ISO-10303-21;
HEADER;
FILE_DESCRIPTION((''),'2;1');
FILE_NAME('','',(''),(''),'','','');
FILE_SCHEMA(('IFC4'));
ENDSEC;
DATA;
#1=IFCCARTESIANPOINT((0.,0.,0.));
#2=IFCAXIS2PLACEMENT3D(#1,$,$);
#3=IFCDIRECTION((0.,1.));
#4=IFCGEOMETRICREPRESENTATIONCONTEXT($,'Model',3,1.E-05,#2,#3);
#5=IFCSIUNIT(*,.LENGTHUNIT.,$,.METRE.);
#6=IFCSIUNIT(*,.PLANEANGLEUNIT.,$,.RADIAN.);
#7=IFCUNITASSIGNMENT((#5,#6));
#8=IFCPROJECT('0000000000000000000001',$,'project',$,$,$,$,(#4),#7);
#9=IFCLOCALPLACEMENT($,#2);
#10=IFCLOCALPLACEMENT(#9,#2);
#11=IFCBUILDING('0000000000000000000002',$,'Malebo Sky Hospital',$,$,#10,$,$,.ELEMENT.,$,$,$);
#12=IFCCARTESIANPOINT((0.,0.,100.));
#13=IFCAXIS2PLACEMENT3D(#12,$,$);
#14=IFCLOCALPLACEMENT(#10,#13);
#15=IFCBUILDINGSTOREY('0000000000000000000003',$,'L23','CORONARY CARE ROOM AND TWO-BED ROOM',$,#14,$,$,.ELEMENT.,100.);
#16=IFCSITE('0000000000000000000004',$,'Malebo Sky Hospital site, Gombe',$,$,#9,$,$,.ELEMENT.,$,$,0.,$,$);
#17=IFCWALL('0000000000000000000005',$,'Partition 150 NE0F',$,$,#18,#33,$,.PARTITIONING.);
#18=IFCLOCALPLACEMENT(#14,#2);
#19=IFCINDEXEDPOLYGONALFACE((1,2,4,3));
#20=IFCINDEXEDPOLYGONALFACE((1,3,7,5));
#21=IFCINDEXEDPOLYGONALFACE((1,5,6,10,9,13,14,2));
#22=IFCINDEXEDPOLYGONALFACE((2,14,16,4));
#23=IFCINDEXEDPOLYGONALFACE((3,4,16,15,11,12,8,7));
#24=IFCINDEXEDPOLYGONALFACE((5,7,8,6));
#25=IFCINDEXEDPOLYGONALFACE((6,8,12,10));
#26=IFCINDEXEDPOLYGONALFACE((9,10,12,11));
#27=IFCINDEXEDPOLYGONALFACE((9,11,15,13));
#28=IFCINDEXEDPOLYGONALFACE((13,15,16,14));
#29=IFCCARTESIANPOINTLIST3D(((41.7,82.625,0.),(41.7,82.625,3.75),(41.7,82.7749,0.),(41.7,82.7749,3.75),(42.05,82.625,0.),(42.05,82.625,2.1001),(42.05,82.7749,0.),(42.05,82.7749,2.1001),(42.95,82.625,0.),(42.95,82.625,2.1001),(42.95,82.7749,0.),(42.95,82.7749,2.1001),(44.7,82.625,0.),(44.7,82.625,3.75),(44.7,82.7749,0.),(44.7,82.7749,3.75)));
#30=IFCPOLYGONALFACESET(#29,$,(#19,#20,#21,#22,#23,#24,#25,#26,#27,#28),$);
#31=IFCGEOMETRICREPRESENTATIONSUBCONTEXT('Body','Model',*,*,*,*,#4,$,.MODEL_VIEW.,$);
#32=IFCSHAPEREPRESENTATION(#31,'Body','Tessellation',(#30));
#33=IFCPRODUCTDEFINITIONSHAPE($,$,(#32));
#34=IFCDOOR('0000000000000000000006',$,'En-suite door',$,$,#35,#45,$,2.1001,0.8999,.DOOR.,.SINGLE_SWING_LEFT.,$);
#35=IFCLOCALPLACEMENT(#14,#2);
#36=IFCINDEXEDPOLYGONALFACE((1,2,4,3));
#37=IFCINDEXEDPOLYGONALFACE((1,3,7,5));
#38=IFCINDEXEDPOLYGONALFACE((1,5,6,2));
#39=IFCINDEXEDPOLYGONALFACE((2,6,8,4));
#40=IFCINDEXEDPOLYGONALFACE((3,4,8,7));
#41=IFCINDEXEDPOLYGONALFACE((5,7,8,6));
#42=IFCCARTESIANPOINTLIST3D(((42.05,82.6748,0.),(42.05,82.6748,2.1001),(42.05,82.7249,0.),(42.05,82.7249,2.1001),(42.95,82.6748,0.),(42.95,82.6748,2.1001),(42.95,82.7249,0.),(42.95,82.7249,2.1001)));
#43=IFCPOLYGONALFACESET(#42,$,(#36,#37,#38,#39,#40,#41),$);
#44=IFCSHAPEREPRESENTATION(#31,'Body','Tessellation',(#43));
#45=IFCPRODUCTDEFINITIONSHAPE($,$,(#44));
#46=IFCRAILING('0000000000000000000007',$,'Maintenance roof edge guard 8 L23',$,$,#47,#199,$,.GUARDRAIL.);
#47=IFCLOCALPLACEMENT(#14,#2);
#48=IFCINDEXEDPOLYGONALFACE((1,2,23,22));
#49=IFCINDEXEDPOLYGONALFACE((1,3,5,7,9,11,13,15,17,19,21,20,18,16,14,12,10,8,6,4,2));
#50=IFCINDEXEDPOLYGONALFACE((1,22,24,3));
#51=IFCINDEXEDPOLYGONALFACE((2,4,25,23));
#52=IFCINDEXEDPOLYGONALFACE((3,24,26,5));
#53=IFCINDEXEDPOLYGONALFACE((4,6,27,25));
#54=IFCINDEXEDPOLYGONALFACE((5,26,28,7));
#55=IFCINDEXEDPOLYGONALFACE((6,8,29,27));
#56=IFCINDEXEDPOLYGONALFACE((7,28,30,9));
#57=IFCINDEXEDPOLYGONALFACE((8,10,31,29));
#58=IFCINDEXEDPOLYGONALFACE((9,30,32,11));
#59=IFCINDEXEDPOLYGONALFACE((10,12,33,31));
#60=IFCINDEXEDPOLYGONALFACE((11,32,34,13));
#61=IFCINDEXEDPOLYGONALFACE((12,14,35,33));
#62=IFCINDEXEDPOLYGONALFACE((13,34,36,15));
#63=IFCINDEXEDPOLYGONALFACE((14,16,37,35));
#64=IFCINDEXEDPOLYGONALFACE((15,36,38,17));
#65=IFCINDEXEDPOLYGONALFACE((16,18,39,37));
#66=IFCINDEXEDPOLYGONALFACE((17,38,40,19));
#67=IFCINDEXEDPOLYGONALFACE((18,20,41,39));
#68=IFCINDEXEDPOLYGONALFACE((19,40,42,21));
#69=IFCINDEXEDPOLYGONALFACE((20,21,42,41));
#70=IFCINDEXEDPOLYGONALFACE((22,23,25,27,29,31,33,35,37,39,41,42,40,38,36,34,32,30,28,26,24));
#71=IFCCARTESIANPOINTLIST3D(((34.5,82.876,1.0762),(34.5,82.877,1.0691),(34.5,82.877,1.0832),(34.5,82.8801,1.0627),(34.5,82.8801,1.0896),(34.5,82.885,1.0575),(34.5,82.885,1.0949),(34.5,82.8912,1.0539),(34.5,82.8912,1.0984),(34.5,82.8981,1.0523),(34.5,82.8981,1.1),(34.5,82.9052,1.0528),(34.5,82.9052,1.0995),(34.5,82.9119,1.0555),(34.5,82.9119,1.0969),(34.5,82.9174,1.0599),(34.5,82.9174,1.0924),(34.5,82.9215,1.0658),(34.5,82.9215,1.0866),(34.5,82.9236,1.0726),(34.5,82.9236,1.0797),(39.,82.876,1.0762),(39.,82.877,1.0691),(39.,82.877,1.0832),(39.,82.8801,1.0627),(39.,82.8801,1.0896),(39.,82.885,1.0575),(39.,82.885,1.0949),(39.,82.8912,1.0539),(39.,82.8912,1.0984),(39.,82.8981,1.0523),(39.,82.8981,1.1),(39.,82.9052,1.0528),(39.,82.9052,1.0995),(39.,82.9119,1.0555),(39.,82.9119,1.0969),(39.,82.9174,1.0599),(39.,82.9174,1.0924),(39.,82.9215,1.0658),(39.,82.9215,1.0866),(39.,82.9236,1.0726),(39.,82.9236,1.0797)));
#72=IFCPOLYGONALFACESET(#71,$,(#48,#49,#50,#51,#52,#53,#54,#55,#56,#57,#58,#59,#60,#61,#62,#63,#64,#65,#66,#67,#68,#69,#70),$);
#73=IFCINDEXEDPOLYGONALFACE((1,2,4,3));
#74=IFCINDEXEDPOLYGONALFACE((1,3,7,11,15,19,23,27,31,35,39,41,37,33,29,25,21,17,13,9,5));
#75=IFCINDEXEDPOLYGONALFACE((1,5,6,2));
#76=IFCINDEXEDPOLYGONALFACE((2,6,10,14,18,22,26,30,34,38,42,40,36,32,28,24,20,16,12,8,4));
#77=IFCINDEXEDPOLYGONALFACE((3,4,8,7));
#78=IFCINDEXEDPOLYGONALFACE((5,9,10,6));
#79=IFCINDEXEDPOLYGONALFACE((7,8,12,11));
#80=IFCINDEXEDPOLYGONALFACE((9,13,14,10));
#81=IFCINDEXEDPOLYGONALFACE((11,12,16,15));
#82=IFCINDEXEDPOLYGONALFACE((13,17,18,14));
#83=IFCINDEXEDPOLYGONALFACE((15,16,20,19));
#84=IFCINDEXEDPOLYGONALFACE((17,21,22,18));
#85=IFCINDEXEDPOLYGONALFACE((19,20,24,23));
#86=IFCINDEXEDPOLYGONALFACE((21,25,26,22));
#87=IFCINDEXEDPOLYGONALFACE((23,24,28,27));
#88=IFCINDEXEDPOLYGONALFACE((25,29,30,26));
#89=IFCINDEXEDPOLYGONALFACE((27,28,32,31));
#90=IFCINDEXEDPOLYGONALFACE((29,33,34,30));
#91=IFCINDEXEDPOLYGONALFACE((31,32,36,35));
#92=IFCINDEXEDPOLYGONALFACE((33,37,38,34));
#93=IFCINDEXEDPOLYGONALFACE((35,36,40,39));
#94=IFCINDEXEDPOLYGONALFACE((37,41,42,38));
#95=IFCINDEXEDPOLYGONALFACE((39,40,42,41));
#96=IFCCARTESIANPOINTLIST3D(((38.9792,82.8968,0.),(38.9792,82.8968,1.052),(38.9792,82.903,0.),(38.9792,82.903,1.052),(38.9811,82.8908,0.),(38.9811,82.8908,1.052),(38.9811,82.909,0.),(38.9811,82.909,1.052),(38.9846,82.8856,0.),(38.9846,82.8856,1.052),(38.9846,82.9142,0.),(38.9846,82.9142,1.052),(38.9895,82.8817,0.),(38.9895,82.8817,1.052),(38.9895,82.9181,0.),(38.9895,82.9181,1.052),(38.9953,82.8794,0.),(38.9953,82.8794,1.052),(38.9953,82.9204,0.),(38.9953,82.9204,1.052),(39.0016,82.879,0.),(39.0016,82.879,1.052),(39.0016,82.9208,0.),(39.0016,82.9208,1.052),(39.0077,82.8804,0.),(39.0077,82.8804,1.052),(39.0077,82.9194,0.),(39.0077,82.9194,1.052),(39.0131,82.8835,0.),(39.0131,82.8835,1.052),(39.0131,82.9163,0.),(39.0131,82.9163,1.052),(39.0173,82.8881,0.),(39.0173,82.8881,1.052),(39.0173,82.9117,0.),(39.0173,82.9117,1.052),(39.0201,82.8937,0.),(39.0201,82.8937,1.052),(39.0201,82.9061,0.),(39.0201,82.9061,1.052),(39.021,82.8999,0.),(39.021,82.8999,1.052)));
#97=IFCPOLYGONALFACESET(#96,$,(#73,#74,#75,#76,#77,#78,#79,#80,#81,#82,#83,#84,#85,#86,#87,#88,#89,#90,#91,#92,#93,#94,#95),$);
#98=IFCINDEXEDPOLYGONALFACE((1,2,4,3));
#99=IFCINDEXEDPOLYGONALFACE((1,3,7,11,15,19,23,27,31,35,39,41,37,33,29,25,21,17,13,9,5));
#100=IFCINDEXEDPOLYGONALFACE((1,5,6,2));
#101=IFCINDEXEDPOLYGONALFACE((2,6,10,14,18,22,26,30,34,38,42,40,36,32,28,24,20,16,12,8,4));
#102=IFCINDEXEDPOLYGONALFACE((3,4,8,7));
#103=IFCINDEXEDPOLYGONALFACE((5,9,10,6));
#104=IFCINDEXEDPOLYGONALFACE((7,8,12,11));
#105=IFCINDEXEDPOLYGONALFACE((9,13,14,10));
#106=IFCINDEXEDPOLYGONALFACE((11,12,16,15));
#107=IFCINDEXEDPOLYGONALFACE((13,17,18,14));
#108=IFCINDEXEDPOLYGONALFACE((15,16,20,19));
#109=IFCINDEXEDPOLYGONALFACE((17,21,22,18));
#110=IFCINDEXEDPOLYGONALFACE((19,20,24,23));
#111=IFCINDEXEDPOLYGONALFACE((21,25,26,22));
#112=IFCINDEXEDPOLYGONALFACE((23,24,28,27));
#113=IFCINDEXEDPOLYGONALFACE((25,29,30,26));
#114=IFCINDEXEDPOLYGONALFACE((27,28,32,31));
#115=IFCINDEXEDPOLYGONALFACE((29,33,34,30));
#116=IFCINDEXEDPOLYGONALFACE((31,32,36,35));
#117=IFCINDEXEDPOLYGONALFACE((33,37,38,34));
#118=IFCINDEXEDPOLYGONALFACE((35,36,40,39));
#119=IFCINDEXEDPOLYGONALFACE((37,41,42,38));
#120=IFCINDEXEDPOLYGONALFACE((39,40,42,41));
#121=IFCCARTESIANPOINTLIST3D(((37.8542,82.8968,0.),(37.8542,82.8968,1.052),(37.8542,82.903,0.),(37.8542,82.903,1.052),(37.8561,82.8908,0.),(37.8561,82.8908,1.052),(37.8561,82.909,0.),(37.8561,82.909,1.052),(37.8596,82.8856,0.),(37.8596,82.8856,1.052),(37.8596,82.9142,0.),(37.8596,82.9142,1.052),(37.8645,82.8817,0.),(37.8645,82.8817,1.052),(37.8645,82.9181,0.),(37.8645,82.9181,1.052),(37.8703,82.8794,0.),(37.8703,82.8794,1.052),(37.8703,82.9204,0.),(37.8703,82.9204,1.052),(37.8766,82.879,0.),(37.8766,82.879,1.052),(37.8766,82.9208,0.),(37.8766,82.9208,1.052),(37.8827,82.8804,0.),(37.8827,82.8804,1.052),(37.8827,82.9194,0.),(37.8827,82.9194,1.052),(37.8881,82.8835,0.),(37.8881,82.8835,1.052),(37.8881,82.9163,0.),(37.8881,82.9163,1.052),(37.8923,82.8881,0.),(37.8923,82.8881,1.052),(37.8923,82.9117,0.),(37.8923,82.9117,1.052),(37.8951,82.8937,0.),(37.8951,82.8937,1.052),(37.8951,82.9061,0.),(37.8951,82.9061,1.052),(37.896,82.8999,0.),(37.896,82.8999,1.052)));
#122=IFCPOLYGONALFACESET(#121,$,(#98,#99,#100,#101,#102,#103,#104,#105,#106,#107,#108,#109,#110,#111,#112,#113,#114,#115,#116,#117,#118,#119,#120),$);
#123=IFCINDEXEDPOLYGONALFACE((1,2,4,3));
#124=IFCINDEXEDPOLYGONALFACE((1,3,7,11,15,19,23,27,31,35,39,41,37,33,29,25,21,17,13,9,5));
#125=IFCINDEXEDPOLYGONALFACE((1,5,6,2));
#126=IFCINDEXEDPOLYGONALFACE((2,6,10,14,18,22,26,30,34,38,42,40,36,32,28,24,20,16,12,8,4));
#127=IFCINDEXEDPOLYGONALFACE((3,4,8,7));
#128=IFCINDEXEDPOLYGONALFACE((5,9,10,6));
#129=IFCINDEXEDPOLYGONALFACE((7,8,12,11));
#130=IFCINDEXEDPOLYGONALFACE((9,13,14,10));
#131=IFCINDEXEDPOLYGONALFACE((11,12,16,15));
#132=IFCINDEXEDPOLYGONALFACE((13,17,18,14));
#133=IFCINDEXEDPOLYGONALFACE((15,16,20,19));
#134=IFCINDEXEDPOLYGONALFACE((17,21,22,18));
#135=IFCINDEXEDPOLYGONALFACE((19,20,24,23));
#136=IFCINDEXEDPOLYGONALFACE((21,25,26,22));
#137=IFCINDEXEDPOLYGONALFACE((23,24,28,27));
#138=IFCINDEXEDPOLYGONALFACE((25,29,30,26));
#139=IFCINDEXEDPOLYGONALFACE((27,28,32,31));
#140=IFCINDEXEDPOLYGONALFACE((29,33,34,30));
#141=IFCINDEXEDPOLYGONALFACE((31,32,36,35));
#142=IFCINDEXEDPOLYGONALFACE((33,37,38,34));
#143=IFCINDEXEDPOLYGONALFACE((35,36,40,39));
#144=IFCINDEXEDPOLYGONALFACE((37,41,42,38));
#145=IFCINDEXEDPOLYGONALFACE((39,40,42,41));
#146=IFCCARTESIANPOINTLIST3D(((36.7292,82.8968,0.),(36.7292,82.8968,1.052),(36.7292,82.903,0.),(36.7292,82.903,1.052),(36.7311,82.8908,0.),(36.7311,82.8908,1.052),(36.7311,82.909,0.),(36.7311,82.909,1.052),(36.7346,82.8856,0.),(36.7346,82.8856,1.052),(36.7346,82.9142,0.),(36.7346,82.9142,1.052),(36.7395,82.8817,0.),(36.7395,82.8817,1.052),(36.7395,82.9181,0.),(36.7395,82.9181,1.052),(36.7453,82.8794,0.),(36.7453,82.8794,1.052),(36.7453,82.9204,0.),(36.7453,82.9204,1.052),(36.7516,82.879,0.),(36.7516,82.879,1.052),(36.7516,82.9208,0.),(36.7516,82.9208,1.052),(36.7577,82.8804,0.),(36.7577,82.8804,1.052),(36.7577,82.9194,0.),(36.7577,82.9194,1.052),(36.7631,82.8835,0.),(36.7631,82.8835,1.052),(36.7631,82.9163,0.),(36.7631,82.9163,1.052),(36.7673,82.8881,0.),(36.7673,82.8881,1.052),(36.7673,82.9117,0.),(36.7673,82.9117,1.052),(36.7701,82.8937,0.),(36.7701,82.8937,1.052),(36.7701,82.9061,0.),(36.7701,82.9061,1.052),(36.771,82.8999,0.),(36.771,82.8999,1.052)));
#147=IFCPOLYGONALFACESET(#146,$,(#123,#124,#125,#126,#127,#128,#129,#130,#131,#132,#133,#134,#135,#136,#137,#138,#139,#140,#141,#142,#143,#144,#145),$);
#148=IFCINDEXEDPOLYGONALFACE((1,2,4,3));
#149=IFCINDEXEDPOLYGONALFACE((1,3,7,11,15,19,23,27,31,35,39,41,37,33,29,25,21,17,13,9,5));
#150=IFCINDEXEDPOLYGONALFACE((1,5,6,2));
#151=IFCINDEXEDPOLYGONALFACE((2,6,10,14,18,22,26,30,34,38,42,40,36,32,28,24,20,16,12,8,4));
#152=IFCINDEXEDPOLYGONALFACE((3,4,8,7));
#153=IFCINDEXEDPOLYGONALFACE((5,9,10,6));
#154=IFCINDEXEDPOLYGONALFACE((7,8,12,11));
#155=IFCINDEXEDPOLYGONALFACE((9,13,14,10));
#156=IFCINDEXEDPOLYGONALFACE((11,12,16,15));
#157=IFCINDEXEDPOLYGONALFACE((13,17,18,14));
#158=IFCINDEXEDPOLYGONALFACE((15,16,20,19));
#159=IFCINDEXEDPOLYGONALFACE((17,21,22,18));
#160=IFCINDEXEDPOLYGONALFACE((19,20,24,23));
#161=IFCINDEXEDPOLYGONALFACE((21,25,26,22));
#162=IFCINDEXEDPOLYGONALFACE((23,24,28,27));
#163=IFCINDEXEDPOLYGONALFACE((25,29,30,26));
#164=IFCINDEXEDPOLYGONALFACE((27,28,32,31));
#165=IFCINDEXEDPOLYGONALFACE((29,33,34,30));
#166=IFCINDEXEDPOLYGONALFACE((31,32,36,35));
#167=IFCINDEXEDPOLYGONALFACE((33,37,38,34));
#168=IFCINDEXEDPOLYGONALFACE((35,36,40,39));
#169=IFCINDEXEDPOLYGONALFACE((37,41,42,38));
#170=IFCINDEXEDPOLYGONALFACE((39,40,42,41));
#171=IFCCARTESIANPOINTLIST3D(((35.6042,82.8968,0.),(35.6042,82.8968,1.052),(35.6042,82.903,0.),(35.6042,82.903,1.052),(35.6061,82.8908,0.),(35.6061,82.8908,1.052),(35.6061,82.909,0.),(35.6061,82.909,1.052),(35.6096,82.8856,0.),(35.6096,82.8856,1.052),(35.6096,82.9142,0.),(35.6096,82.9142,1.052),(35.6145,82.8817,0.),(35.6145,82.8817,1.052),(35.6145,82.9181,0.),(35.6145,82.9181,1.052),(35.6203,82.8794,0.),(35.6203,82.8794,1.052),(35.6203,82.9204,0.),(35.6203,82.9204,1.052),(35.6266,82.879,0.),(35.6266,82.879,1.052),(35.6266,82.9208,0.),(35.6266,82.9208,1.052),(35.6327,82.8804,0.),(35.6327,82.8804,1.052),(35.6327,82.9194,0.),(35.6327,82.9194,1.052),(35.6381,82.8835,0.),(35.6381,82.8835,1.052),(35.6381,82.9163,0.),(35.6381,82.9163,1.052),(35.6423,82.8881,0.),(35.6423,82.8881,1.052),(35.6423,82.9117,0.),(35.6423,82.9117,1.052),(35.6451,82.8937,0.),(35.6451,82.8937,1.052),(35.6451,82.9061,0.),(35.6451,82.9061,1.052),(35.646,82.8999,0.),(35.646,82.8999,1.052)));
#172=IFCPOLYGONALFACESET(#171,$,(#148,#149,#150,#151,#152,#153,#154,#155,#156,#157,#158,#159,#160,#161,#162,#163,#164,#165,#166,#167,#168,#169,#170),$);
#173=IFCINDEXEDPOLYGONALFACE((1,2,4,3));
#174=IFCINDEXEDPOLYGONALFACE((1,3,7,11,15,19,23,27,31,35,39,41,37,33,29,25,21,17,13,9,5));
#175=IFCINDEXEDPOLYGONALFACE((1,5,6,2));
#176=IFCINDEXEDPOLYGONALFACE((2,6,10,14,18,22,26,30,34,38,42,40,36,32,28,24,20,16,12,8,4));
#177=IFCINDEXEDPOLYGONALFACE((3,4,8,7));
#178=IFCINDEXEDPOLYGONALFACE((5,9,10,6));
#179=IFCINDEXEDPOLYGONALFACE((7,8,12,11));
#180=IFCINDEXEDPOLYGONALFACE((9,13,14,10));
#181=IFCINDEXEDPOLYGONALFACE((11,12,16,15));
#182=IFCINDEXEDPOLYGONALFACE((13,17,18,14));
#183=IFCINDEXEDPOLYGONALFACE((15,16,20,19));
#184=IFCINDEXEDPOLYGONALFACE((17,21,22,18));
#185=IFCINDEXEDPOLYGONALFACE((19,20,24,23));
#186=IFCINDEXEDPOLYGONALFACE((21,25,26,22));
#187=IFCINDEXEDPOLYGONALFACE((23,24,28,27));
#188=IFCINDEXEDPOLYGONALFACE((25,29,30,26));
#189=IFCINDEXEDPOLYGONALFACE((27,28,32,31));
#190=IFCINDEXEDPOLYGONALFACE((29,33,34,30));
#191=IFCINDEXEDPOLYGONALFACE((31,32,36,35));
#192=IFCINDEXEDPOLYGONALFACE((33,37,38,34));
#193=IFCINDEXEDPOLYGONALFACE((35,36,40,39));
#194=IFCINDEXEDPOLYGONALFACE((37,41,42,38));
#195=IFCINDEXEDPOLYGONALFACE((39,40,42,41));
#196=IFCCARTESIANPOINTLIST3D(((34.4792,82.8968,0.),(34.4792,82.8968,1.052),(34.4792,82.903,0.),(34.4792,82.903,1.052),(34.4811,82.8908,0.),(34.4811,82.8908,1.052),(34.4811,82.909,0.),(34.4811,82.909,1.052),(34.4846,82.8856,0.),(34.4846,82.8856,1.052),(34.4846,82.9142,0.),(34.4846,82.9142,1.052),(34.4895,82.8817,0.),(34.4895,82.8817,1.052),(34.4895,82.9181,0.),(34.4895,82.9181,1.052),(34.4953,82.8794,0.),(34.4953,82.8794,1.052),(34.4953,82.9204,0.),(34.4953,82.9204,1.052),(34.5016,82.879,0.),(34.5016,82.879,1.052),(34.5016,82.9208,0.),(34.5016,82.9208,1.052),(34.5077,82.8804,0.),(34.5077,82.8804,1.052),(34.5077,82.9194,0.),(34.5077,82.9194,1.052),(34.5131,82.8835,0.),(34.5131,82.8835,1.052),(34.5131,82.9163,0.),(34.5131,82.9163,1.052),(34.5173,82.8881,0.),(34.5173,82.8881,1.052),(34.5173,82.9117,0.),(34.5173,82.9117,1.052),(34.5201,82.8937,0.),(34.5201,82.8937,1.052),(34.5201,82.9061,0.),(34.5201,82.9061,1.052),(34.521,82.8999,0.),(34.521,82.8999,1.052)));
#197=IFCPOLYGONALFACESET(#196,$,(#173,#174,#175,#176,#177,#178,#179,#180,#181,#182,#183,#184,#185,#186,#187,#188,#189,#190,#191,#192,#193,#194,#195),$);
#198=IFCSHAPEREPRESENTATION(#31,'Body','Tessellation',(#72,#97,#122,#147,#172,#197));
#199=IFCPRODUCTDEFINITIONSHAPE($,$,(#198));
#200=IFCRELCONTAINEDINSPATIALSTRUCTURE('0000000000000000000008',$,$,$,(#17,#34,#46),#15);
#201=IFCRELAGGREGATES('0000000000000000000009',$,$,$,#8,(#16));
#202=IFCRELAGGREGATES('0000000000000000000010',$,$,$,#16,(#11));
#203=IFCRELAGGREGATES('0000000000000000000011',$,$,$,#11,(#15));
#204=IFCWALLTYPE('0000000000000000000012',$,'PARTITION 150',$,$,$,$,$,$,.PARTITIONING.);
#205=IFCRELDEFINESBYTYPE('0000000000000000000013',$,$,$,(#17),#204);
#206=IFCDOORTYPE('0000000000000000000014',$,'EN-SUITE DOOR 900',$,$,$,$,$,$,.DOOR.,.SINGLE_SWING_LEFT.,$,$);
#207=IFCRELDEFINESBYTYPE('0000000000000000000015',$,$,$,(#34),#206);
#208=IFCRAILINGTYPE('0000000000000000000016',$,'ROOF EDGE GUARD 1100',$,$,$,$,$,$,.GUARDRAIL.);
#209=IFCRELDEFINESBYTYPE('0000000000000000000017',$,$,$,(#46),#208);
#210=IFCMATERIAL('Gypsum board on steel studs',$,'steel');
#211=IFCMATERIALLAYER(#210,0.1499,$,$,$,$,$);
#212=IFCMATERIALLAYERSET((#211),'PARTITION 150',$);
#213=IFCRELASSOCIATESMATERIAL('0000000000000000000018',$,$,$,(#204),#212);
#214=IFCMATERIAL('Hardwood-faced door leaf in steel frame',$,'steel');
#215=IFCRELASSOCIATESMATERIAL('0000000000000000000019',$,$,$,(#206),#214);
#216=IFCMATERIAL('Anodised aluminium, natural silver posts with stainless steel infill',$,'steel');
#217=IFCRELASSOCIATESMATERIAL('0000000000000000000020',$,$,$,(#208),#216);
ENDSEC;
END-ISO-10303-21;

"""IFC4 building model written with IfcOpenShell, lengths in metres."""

from ifc_helpers import new_model, si_unit, direction, frame, frame_2d, origin, origin_2d, place, context, subcontext, project, spatial, rectangle, circle, extrude, material, layer, layer_set, type_object, element, fill, save


model = new_model("IFC4")

# Units and contexts
model_context = context("Model", 3, precision=1e-05, world=origin(), true_north=direction((0.0, 1.0)))
body_context = subcontext(model_context, "Body", "Model", "MODEL_VIEW")
ifc_project = project(units=[si_unit("LENGTHUNIT", "METRE"), si_unit("PLANEANGLEUNIT", "RADIAN")], contexts=[model_context])

# Site, building, storey
site_placement = place(None, origin())
site = spatial("IfcSite", under=ifc_project, at=site_placement, Name="Malebo Sky Hospital site, Gombe", CompositionType="ELEMENT", RefElevation=0.0)
building_placement = place(site_placement, origin())
building = spatial("IfcBuilding", under=site, at=building_placement, Name="Malebo Sky Hospital", CompositionType="ELEMENT")
storey_placement = place(building_placement, frame((0.0, 0.0, 100.0)))
storey = spatial("IfcBuildingStorey", under=building, at=storey_placement, Name="L23", Description="CORONARY CARE ROOM AND TWO-BED ROOM", CompositionType="ELEMENT", Elevation=100.0)

# Shared definitions
ifc_material_1 = material(Name="Gypsum board on steel studs", Category="steel")
ifc_material_2 = material(Name="Hardwood-faced door leaf in steel frame", Category="steel")

# Shared definitions
ifc_layer_1 = layer(ifc_material_1, 0.1499)
ifc_layer_set_1 = layer_set([ifc_layer_1], Name="PARTITION 150")
wall_type_1 = type_object("IfcWallType", Name="PARTITION 150", PredefinedType="PARTITIONING", material=ifc_layer_set_1)

# Wall, opening, door
wall_1_placement = place(storey_placement, frame((41.7, 82.7, 0.0), z_axis=(0.0, 0.0, 1.0), x_axis=(1.0, 0.0, 0.0)))
wall_1 = element("IfcWall", 1, at=wall_1_placement, inside=storey, type_object=wall_type_1, Name="Partition 150 NE0F", PredefinedType="PARTITIONING", context=body_context, shape_type="SweptSolid", body=[
    extrude(rectangle(XDim=3.0, YDim=0.1499, at=frame_2d((1.5, 0.0))), origin(), (0.0, 0.0, 1.0), 3.75),
])
opening_1_placement = place(wall_1_placement, frame((0.3501, 0.0, 0.0)))
opening_1 = element("IfcOpeningElement", 2, at=opening_1_placement, cuts=wall_1, PredefinedType="OPENING", context=body_context, shape_type="SweptSolid", body=[
    extrude(rectangle(XDim=0.8999, YDim=2.1001, at=frame_2d((0.45, 1.05))), frame((0.0, 0.085, 0.0), z_axis=(0.0, -1.0, 0.0), x_axis=(1.0, 0.0, 0.0)), (0.0, 0.0, 1.0), 0.1699),
])
door_type_1 = type_object("IfcDoorType", Name="EN-SUITE DOOR 900", OperationType="SINGLE_SWING_LEFT", PredefinedType="DOOR", material=ifc_material_2)
door_1_placement = place(opening_1_placement, origin())
door_1 = element("IfcDoor", 3, at=door_1_placement, inside=storey, type_object=door_type_1, Name="En-suite door", OperationType="SINGLE_SWING_LEFT", OverallHeight=2.1001, OverallWidth=0.8999, PredefinedType="DOOR", context=body_context, shape_type="SweptSolid", body=[
    extrude(rectangle(XDim=0.8999, YDim=2.1001, at=frame_2d((0.45, 1.05))), frame((0.0, 0.0249, 0.0), z_axis=(0.0, -1.0, 0.0), x_axis=(1.0, 0.0, 0.0)), (0.0, 0.0, 1.0), 0.05),
])
fill(opening_1, door_1)

# Railing
ifc_material_3 = material(Name="Anodised aluminium, natural silver posts with stainless steel infill", Category="steel")
railing_type = type_object("IfcRailingType", Name="ROOF EDGE GUARD 1100", PredefinedType="GUARDRAIL", material=ifc_material_3)
railing_1_placement = place(storey_placement, frame((39.0, 82.8999, 0.0)))
element("IfcRailing", 4, at=railing_1_placement, inside=storey, type_object=railing_type, Name="Maintenance roof edge guard 8 L23", PredefinedType="GUARDRAIL", context=body_context, shape_type="SweptSolid", body=[
    extrude(circle(Radius=0.0239, at=origin_2d()), frame((0.0, 0.0, 1.0762), z_axis=(-1.0, 0.0, 0.0), x_axis=(0.0, -1.0, 0.0)), (0.0, 0.0, 1.0), 4.5),
    extrude(circle(Radius=0.021, at=origin_2d()), origin(), (0.0, 0.0, 1.0), 1.052),
    extrude(circle(Radius=0.021, at=origin_2d()), frame((-1.125, 0.0, 0.0)), (0.0, 0.0, 1.0), 1.052),
    extrude(circle(Radius=0.021, at=origin_2d()), frame((-2.25, 0.0, 0.0)), (0.0, 0.0, 1.0), 1.052),
    extrude(circle(Radius=0.021, at=origin_2d()), frame((-3.375, 0.0, 0.0)), (0.0, 0.0, 1.0), 1.052),
    extrude(circle(Radius=0.021, at=origin_2d()), frame((-4.5, 0.0, 0.0)), (0.0, 0.0, 1.0), 1.052),
])

save(model, "model.ifc")
